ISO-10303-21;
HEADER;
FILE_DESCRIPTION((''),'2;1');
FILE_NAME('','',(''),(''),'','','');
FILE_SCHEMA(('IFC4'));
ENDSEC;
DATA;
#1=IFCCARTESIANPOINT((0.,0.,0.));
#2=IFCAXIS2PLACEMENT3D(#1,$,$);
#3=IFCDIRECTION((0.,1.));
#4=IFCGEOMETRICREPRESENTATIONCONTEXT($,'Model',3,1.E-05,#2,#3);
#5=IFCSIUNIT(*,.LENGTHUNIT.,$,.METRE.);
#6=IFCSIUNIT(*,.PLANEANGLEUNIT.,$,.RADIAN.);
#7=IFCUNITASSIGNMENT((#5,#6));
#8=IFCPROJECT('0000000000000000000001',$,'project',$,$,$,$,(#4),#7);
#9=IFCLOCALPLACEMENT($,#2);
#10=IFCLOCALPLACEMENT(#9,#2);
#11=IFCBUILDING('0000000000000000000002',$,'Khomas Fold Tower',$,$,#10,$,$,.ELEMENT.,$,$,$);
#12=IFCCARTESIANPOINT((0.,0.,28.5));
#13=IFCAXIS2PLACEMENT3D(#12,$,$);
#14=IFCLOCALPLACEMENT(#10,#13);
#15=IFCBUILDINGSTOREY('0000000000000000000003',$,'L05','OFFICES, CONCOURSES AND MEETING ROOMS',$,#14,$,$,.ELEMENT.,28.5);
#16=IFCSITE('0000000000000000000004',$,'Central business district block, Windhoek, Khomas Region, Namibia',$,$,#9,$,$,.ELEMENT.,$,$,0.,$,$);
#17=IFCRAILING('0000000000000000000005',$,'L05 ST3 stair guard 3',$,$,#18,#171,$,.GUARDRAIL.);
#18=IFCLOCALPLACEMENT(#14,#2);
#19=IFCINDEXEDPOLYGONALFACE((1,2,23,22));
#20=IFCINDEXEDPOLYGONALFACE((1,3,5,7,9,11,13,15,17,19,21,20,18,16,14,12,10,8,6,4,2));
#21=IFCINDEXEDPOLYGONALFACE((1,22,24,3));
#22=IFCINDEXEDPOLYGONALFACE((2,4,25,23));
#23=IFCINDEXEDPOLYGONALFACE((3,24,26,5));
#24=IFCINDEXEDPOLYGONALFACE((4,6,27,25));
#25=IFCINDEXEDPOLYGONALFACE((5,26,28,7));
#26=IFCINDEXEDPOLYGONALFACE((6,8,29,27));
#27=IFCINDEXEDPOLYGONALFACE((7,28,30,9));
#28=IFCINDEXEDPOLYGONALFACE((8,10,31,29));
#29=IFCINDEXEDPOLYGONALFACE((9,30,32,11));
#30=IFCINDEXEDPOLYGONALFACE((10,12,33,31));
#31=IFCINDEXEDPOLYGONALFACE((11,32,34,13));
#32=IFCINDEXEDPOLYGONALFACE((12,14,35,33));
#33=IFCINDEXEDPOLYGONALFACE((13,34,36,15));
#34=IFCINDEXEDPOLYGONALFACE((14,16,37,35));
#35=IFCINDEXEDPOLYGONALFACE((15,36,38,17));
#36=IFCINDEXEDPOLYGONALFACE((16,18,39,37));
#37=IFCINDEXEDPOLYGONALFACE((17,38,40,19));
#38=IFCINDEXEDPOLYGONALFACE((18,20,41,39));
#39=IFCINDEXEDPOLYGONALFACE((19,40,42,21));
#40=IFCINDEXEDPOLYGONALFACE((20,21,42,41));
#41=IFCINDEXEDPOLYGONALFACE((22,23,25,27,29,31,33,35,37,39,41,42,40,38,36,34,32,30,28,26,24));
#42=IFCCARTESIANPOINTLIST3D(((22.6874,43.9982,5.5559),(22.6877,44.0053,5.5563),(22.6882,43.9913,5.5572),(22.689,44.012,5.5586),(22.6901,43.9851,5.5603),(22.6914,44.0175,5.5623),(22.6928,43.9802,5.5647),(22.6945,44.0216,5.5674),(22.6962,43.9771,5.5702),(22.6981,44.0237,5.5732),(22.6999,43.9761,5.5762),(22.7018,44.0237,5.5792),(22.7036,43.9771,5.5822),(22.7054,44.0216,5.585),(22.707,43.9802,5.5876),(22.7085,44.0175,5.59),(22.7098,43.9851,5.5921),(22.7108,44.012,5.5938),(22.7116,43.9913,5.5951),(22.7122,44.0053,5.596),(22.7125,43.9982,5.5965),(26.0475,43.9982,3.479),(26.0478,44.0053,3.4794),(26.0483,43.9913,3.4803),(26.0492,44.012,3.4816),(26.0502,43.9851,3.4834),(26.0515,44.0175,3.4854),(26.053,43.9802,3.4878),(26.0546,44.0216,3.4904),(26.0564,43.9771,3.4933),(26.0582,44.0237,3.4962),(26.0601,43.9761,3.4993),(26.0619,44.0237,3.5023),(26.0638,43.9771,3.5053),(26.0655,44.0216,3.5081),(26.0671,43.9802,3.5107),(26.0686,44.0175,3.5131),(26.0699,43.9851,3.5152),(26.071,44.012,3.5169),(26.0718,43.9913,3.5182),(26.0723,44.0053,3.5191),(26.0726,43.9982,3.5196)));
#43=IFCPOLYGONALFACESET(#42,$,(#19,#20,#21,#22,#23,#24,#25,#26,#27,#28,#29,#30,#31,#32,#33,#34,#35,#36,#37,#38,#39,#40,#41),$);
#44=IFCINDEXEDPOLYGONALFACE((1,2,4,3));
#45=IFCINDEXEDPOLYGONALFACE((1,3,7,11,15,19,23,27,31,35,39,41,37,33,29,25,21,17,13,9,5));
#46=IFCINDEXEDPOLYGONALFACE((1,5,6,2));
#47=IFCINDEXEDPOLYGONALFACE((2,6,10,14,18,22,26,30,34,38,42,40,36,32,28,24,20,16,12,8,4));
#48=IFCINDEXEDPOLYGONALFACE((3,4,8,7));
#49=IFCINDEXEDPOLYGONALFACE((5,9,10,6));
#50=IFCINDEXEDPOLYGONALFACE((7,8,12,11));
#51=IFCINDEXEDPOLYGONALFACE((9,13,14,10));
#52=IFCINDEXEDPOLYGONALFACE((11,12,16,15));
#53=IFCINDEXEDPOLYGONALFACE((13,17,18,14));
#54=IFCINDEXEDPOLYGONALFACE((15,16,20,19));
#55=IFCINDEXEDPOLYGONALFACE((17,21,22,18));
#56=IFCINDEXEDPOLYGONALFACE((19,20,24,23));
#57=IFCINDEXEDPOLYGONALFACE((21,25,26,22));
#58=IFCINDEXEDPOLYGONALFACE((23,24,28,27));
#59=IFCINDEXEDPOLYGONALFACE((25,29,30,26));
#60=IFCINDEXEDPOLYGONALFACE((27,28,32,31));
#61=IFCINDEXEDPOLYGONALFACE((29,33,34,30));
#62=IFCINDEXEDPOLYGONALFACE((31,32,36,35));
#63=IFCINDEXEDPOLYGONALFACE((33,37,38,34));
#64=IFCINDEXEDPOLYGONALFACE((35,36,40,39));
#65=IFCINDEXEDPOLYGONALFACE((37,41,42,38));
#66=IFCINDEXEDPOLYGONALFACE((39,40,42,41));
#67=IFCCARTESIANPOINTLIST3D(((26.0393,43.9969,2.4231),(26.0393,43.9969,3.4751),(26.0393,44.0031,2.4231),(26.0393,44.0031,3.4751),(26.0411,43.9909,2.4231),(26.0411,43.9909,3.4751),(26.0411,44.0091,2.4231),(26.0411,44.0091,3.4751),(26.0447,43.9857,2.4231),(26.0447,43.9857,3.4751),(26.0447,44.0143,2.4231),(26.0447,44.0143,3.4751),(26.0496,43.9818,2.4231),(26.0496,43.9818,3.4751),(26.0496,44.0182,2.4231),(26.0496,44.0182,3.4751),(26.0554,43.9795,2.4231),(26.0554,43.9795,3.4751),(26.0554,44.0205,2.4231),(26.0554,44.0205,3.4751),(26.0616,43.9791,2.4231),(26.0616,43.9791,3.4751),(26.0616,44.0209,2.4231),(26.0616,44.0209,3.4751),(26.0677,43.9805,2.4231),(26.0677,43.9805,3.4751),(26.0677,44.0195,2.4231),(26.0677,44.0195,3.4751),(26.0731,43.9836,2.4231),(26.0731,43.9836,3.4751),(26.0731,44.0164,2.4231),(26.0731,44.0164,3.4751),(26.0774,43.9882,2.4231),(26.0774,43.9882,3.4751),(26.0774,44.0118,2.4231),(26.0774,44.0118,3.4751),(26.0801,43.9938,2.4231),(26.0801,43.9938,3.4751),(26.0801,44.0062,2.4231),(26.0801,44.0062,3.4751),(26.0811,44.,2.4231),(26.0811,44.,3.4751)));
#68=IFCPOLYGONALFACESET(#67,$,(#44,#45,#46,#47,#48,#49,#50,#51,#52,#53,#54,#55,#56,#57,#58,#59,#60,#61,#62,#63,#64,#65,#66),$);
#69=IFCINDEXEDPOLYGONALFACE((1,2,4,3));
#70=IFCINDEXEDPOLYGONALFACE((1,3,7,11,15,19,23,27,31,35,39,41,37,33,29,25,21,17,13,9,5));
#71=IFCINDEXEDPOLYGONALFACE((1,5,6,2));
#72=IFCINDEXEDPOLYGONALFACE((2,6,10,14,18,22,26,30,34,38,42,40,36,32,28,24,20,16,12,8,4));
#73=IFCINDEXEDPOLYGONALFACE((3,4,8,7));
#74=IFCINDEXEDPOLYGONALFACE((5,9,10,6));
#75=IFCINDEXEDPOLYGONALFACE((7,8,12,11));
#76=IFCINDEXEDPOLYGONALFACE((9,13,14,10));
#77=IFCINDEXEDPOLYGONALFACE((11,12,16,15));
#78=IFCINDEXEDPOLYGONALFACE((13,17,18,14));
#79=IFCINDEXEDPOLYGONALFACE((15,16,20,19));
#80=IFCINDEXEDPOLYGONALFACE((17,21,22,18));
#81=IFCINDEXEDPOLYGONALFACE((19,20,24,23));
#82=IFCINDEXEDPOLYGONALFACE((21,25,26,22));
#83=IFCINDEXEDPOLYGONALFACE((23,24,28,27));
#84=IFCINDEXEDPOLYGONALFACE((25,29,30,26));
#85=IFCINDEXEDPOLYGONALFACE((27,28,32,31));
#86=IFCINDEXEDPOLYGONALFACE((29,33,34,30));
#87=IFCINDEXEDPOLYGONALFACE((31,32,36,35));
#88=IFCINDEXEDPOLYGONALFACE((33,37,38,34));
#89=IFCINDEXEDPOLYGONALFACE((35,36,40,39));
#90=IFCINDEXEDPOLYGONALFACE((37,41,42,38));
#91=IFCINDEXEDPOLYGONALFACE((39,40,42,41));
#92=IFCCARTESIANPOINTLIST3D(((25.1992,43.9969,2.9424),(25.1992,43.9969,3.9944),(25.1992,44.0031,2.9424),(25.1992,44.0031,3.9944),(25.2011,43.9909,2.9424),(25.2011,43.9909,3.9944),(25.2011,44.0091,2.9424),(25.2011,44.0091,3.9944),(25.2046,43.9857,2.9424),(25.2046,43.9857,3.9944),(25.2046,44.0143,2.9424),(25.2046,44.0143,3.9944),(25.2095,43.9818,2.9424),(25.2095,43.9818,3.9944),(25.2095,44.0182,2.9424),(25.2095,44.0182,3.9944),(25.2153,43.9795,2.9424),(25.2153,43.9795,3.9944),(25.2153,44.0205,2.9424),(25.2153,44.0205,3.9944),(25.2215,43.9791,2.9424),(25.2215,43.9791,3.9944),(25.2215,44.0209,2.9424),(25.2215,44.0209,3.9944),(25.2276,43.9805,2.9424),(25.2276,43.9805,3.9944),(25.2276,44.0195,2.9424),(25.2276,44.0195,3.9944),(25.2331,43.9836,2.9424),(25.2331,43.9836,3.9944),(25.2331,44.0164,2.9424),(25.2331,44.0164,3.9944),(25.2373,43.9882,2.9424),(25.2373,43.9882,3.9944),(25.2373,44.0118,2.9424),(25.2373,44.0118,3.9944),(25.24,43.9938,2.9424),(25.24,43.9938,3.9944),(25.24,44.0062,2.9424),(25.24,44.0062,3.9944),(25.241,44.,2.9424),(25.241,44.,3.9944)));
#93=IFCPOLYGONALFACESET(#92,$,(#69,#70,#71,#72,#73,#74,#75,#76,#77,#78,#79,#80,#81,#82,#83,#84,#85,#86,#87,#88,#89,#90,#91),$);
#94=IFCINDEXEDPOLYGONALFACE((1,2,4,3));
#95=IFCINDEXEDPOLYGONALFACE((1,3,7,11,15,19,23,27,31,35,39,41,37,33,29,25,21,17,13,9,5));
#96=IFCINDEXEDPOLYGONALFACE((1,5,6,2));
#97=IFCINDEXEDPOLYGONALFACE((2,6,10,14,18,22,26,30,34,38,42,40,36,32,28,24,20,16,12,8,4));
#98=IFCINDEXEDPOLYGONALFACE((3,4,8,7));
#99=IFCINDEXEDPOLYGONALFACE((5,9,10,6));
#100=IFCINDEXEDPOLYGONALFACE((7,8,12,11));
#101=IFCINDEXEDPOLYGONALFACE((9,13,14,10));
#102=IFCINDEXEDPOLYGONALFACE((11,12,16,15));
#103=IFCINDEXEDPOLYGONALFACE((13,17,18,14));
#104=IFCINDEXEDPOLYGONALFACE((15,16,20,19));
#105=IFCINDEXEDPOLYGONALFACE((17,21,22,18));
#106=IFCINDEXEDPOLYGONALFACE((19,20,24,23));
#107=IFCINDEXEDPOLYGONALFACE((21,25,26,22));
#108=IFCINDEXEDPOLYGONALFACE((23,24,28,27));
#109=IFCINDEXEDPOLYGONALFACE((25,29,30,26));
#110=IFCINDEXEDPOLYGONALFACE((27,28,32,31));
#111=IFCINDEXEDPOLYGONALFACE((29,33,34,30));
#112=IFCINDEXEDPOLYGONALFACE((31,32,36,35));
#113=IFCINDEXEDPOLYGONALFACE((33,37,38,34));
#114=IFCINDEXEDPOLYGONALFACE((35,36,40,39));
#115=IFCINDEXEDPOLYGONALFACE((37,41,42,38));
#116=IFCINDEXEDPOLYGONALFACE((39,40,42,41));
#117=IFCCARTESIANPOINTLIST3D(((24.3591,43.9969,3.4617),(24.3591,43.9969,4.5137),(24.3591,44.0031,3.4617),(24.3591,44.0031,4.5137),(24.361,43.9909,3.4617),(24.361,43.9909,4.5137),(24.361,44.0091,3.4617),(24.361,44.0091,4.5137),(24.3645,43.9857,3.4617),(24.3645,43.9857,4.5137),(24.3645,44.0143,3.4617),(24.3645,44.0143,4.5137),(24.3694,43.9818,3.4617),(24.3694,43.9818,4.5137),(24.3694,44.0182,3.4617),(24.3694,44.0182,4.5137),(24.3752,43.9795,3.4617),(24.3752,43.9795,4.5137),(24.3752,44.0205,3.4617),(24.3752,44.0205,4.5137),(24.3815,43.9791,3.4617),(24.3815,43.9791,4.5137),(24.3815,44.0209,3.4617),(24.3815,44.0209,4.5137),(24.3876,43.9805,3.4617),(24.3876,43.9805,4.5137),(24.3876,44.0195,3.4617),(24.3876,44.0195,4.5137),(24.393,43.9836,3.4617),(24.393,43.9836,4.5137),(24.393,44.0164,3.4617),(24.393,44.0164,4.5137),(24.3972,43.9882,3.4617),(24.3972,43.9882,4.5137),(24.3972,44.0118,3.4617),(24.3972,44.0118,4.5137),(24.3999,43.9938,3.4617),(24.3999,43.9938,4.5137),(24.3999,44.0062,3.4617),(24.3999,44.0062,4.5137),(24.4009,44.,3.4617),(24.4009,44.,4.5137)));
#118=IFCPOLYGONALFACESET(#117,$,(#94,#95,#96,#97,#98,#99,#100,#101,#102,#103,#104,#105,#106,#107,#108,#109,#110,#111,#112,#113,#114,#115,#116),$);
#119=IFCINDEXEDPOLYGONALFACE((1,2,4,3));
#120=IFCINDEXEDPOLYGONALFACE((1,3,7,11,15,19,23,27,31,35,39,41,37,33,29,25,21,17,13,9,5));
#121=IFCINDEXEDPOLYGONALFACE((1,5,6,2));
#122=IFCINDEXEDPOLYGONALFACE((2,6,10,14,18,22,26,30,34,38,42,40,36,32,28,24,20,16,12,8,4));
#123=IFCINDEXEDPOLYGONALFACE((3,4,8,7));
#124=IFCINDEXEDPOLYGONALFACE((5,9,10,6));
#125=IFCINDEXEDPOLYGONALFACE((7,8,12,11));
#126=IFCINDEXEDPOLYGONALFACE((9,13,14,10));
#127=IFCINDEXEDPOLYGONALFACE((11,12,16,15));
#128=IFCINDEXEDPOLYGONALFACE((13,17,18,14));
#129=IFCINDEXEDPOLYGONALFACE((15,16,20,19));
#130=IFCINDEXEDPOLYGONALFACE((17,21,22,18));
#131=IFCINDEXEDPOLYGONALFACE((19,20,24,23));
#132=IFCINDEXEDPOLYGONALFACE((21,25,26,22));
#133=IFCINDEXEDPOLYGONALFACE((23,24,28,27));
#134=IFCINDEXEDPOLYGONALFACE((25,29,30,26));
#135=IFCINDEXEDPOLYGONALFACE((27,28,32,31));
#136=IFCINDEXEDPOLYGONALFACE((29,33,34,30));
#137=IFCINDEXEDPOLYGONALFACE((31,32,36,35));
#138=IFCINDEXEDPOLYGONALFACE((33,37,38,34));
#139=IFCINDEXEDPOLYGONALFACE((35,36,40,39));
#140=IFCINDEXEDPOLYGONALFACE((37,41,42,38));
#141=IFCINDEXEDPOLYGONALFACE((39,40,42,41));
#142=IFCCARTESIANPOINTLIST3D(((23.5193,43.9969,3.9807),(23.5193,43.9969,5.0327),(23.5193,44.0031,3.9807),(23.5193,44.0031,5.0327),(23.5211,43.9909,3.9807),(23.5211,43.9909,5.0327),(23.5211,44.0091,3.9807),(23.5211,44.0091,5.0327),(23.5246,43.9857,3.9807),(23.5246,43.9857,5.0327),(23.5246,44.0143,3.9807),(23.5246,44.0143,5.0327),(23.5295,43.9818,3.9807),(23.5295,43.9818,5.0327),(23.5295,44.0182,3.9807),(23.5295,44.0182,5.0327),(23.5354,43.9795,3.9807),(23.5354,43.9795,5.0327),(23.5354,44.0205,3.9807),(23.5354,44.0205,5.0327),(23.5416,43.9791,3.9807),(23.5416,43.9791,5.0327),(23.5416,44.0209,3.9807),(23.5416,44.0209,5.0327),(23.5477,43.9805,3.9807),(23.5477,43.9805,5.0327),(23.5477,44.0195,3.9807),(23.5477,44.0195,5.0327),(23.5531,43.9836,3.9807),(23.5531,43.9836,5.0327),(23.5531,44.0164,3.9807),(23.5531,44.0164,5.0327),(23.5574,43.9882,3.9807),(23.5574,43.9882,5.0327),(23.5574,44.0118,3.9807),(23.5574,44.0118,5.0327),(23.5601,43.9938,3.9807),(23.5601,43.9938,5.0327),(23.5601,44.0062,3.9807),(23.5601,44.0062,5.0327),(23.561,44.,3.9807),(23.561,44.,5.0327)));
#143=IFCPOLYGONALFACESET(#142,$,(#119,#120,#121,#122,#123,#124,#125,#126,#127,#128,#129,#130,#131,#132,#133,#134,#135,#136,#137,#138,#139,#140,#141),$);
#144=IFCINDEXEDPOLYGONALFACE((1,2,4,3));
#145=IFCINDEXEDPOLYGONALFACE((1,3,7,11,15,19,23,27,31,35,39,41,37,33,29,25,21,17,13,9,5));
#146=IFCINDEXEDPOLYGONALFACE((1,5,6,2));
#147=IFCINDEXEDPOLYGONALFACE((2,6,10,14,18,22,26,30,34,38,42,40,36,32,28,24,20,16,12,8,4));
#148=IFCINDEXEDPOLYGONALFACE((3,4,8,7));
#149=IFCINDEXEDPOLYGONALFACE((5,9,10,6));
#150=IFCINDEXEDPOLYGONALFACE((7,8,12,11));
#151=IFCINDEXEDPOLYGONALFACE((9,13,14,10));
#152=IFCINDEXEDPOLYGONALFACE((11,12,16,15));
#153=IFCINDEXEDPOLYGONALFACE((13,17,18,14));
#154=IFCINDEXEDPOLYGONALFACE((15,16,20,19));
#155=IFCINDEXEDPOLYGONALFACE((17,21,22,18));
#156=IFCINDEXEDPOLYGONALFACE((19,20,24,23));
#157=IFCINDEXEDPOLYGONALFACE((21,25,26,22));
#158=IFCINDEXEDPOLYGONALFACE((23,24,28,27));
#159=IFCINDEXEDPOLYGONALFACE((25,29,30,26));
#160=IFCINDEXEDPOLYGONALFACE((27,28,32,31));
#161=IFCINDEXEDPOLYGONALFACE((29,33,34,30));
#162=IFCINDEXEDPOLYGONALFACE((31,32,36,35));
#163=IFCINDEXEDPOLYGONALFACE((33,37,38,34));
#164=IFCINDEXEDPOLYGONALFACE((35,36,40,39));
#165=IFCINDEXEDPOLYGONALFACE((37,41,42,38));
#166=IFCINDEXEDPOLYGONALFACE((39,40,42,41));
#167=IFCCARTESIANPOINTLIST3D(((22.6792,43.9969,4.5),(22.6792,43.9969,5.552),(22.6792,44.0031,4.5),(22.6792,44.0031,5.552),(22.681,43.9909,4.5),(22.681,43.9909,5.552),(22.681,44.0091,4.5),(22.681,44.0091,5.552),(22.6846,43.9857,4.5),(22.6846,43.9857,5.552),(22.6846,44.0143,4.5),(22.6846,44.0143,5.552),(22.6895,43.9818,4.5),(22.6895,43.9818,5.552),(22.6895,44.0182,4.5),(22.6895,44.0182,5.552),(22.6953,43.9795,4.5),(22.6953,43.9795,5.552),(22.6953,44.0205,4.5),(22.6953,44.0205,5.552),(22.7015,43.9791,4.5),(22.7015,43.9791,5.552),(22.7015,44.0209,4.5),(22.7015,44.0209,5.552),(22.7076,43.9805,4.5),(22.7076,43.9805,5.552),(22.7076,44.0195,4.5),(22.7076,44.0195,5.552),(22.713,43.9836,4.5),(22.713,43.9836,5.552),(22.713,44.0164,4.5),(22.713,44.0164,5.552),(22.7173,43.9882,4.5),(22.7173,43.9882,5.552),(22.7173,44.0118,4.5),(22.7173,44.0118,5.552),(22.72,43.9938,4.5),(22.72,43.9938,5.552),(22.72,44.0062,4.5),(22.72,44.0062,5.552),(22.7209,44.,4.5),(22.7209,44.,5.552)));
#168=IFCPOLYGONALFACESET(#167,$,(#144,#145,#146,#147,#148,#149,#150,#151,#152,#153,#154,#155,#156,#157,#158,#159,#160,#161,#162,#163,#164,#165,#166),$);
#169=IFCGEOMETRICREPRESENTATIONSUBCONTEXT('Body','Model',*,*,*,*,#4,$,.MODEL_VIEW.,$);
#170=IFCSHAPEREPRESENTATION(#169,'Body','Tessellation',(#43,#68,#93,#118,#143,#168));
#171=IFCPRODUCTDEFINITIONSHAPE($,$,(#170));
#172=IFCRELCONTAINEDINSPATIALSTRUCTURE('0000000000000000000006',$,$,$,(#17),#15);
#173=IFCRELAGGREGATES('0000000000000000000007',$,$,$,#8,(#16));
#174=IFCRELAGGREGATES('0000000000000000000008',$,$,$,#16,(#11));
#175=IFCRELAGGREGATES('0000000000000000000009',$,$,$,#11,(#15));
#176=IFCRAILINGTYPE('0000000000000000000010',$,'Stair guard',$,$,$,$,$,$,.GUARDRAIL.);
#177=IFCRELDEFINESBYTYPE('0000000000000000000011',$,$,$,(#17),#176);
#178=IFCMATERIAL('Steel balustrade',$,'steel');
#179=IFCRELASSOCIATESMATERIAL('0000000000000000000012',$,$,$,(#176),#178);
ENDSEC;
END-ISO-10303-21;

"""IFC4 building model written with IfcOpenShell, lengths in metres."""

from ifc_helpers import new_model, si_unit, direction, frame, origin, origin_2d, place, context, subcontext, project, spatial, circle, extrude, source, transform, mapped, material, type_object, element, save


model = new_model("IFC4")

# Units and contexts
model_context = context("Model", 3, precision=1e-05, world=origin(), true_north=direction((0.0, 1.0)))
body_context = subcontext(model_context, "Body", "Model", "MODEL_VIEW")
ifc_project = project(units=[si_unit("LENGTHUNIT", "METRE"), si_unit("PLANEANGLEUNIT", "RADIAN")], contexts=[model_context])

# Site, building, storey
site_placement = place(None, origin())
site = spatial("IfcSite", under=ifc_project, at=site_placement, Name="Central business district block, Windhoek, Khomas Region, Namibia", CompositionType="ELEMENT", RefElevation=0.0)
building_placement = place(site_placement, origin())
building = spatial("IfcBuilding", under=site, at=building_placement, Name="Khomas Fold Tower", CompositionType="ELEMENT")
storey_placement = place(building_placement, frame((0.0, 0.0, 28.5)))
storey = spatial("IfcBuildingStorey", under=building, at=storey_placement, Name="L05", Description="OFFICES, CONCOURSES AND MEETING ROOMS", CompositionType="ELEMENT", Elevation=28.5)

# Railing
ifc_material_1 = material(Name="Steel balustrade", Category="steel")
railing_type_1 = type_object("IfcRailingType", Name="Stair guard", PredefinedType="GUARDRAIL", material=ifc_material_1)
shared_shape_1 = source(origin(), body_context, "Body", "SweptSolid", [
    extrude(circle(Radius=0.0239, at=origin_2d()), frame((0.0, 0.0, 1.0762), z_axis=(-0.850623, 0.0, 0.525776), x_axis=(0.0, -1.0, 0.0)), (0.0, 0.0, 1.0), 3.9502),
    extrude(circle(Radius=0.021, at=origin_2d()), origin(), (0.0, 0.0, 1.0), 1.052),
    extrude(circle(Radius=0.021, at=origin_2d()), frame((-0.8401, 0.0, 0.5193)), (0.0, 0.0, 1.0), 1.052),
    extrude(circle(Radius=0.021, at=origin_2d()), frame((-1.6802, 0.0, 1.0386)), (0.0, 0.0, 1.0), 1.052),
    extrude(circle(Radius=0.021, at=origin_2d()), frame((-2.52, 0.0, 1.5576)), (0.0, 0.0, 1.0), 1.052),
    extrude(circle(Radius=0.021, at=origin_2d()), frame((-3.3601, 0.0, 2.0769)), (0.0, 0.0, 1.0), 1.052),
])
railing_1_placement = place(storey_placement, frame((26.0601, 44.0, 2.4231)))
element("IfcRailing", 1, at=railing_1_placement, inside=storey, type_object=railing_type_1, Name="L05 ST3 stair guard 3", PredefinedType="GUARDRAIL", context=body_context, shape_type="MappedRepresentation", body=[
    mapped(shared_shape_1, transform((0.0, 0.0, 0.0))),
])

save(model, "model.ifc")
